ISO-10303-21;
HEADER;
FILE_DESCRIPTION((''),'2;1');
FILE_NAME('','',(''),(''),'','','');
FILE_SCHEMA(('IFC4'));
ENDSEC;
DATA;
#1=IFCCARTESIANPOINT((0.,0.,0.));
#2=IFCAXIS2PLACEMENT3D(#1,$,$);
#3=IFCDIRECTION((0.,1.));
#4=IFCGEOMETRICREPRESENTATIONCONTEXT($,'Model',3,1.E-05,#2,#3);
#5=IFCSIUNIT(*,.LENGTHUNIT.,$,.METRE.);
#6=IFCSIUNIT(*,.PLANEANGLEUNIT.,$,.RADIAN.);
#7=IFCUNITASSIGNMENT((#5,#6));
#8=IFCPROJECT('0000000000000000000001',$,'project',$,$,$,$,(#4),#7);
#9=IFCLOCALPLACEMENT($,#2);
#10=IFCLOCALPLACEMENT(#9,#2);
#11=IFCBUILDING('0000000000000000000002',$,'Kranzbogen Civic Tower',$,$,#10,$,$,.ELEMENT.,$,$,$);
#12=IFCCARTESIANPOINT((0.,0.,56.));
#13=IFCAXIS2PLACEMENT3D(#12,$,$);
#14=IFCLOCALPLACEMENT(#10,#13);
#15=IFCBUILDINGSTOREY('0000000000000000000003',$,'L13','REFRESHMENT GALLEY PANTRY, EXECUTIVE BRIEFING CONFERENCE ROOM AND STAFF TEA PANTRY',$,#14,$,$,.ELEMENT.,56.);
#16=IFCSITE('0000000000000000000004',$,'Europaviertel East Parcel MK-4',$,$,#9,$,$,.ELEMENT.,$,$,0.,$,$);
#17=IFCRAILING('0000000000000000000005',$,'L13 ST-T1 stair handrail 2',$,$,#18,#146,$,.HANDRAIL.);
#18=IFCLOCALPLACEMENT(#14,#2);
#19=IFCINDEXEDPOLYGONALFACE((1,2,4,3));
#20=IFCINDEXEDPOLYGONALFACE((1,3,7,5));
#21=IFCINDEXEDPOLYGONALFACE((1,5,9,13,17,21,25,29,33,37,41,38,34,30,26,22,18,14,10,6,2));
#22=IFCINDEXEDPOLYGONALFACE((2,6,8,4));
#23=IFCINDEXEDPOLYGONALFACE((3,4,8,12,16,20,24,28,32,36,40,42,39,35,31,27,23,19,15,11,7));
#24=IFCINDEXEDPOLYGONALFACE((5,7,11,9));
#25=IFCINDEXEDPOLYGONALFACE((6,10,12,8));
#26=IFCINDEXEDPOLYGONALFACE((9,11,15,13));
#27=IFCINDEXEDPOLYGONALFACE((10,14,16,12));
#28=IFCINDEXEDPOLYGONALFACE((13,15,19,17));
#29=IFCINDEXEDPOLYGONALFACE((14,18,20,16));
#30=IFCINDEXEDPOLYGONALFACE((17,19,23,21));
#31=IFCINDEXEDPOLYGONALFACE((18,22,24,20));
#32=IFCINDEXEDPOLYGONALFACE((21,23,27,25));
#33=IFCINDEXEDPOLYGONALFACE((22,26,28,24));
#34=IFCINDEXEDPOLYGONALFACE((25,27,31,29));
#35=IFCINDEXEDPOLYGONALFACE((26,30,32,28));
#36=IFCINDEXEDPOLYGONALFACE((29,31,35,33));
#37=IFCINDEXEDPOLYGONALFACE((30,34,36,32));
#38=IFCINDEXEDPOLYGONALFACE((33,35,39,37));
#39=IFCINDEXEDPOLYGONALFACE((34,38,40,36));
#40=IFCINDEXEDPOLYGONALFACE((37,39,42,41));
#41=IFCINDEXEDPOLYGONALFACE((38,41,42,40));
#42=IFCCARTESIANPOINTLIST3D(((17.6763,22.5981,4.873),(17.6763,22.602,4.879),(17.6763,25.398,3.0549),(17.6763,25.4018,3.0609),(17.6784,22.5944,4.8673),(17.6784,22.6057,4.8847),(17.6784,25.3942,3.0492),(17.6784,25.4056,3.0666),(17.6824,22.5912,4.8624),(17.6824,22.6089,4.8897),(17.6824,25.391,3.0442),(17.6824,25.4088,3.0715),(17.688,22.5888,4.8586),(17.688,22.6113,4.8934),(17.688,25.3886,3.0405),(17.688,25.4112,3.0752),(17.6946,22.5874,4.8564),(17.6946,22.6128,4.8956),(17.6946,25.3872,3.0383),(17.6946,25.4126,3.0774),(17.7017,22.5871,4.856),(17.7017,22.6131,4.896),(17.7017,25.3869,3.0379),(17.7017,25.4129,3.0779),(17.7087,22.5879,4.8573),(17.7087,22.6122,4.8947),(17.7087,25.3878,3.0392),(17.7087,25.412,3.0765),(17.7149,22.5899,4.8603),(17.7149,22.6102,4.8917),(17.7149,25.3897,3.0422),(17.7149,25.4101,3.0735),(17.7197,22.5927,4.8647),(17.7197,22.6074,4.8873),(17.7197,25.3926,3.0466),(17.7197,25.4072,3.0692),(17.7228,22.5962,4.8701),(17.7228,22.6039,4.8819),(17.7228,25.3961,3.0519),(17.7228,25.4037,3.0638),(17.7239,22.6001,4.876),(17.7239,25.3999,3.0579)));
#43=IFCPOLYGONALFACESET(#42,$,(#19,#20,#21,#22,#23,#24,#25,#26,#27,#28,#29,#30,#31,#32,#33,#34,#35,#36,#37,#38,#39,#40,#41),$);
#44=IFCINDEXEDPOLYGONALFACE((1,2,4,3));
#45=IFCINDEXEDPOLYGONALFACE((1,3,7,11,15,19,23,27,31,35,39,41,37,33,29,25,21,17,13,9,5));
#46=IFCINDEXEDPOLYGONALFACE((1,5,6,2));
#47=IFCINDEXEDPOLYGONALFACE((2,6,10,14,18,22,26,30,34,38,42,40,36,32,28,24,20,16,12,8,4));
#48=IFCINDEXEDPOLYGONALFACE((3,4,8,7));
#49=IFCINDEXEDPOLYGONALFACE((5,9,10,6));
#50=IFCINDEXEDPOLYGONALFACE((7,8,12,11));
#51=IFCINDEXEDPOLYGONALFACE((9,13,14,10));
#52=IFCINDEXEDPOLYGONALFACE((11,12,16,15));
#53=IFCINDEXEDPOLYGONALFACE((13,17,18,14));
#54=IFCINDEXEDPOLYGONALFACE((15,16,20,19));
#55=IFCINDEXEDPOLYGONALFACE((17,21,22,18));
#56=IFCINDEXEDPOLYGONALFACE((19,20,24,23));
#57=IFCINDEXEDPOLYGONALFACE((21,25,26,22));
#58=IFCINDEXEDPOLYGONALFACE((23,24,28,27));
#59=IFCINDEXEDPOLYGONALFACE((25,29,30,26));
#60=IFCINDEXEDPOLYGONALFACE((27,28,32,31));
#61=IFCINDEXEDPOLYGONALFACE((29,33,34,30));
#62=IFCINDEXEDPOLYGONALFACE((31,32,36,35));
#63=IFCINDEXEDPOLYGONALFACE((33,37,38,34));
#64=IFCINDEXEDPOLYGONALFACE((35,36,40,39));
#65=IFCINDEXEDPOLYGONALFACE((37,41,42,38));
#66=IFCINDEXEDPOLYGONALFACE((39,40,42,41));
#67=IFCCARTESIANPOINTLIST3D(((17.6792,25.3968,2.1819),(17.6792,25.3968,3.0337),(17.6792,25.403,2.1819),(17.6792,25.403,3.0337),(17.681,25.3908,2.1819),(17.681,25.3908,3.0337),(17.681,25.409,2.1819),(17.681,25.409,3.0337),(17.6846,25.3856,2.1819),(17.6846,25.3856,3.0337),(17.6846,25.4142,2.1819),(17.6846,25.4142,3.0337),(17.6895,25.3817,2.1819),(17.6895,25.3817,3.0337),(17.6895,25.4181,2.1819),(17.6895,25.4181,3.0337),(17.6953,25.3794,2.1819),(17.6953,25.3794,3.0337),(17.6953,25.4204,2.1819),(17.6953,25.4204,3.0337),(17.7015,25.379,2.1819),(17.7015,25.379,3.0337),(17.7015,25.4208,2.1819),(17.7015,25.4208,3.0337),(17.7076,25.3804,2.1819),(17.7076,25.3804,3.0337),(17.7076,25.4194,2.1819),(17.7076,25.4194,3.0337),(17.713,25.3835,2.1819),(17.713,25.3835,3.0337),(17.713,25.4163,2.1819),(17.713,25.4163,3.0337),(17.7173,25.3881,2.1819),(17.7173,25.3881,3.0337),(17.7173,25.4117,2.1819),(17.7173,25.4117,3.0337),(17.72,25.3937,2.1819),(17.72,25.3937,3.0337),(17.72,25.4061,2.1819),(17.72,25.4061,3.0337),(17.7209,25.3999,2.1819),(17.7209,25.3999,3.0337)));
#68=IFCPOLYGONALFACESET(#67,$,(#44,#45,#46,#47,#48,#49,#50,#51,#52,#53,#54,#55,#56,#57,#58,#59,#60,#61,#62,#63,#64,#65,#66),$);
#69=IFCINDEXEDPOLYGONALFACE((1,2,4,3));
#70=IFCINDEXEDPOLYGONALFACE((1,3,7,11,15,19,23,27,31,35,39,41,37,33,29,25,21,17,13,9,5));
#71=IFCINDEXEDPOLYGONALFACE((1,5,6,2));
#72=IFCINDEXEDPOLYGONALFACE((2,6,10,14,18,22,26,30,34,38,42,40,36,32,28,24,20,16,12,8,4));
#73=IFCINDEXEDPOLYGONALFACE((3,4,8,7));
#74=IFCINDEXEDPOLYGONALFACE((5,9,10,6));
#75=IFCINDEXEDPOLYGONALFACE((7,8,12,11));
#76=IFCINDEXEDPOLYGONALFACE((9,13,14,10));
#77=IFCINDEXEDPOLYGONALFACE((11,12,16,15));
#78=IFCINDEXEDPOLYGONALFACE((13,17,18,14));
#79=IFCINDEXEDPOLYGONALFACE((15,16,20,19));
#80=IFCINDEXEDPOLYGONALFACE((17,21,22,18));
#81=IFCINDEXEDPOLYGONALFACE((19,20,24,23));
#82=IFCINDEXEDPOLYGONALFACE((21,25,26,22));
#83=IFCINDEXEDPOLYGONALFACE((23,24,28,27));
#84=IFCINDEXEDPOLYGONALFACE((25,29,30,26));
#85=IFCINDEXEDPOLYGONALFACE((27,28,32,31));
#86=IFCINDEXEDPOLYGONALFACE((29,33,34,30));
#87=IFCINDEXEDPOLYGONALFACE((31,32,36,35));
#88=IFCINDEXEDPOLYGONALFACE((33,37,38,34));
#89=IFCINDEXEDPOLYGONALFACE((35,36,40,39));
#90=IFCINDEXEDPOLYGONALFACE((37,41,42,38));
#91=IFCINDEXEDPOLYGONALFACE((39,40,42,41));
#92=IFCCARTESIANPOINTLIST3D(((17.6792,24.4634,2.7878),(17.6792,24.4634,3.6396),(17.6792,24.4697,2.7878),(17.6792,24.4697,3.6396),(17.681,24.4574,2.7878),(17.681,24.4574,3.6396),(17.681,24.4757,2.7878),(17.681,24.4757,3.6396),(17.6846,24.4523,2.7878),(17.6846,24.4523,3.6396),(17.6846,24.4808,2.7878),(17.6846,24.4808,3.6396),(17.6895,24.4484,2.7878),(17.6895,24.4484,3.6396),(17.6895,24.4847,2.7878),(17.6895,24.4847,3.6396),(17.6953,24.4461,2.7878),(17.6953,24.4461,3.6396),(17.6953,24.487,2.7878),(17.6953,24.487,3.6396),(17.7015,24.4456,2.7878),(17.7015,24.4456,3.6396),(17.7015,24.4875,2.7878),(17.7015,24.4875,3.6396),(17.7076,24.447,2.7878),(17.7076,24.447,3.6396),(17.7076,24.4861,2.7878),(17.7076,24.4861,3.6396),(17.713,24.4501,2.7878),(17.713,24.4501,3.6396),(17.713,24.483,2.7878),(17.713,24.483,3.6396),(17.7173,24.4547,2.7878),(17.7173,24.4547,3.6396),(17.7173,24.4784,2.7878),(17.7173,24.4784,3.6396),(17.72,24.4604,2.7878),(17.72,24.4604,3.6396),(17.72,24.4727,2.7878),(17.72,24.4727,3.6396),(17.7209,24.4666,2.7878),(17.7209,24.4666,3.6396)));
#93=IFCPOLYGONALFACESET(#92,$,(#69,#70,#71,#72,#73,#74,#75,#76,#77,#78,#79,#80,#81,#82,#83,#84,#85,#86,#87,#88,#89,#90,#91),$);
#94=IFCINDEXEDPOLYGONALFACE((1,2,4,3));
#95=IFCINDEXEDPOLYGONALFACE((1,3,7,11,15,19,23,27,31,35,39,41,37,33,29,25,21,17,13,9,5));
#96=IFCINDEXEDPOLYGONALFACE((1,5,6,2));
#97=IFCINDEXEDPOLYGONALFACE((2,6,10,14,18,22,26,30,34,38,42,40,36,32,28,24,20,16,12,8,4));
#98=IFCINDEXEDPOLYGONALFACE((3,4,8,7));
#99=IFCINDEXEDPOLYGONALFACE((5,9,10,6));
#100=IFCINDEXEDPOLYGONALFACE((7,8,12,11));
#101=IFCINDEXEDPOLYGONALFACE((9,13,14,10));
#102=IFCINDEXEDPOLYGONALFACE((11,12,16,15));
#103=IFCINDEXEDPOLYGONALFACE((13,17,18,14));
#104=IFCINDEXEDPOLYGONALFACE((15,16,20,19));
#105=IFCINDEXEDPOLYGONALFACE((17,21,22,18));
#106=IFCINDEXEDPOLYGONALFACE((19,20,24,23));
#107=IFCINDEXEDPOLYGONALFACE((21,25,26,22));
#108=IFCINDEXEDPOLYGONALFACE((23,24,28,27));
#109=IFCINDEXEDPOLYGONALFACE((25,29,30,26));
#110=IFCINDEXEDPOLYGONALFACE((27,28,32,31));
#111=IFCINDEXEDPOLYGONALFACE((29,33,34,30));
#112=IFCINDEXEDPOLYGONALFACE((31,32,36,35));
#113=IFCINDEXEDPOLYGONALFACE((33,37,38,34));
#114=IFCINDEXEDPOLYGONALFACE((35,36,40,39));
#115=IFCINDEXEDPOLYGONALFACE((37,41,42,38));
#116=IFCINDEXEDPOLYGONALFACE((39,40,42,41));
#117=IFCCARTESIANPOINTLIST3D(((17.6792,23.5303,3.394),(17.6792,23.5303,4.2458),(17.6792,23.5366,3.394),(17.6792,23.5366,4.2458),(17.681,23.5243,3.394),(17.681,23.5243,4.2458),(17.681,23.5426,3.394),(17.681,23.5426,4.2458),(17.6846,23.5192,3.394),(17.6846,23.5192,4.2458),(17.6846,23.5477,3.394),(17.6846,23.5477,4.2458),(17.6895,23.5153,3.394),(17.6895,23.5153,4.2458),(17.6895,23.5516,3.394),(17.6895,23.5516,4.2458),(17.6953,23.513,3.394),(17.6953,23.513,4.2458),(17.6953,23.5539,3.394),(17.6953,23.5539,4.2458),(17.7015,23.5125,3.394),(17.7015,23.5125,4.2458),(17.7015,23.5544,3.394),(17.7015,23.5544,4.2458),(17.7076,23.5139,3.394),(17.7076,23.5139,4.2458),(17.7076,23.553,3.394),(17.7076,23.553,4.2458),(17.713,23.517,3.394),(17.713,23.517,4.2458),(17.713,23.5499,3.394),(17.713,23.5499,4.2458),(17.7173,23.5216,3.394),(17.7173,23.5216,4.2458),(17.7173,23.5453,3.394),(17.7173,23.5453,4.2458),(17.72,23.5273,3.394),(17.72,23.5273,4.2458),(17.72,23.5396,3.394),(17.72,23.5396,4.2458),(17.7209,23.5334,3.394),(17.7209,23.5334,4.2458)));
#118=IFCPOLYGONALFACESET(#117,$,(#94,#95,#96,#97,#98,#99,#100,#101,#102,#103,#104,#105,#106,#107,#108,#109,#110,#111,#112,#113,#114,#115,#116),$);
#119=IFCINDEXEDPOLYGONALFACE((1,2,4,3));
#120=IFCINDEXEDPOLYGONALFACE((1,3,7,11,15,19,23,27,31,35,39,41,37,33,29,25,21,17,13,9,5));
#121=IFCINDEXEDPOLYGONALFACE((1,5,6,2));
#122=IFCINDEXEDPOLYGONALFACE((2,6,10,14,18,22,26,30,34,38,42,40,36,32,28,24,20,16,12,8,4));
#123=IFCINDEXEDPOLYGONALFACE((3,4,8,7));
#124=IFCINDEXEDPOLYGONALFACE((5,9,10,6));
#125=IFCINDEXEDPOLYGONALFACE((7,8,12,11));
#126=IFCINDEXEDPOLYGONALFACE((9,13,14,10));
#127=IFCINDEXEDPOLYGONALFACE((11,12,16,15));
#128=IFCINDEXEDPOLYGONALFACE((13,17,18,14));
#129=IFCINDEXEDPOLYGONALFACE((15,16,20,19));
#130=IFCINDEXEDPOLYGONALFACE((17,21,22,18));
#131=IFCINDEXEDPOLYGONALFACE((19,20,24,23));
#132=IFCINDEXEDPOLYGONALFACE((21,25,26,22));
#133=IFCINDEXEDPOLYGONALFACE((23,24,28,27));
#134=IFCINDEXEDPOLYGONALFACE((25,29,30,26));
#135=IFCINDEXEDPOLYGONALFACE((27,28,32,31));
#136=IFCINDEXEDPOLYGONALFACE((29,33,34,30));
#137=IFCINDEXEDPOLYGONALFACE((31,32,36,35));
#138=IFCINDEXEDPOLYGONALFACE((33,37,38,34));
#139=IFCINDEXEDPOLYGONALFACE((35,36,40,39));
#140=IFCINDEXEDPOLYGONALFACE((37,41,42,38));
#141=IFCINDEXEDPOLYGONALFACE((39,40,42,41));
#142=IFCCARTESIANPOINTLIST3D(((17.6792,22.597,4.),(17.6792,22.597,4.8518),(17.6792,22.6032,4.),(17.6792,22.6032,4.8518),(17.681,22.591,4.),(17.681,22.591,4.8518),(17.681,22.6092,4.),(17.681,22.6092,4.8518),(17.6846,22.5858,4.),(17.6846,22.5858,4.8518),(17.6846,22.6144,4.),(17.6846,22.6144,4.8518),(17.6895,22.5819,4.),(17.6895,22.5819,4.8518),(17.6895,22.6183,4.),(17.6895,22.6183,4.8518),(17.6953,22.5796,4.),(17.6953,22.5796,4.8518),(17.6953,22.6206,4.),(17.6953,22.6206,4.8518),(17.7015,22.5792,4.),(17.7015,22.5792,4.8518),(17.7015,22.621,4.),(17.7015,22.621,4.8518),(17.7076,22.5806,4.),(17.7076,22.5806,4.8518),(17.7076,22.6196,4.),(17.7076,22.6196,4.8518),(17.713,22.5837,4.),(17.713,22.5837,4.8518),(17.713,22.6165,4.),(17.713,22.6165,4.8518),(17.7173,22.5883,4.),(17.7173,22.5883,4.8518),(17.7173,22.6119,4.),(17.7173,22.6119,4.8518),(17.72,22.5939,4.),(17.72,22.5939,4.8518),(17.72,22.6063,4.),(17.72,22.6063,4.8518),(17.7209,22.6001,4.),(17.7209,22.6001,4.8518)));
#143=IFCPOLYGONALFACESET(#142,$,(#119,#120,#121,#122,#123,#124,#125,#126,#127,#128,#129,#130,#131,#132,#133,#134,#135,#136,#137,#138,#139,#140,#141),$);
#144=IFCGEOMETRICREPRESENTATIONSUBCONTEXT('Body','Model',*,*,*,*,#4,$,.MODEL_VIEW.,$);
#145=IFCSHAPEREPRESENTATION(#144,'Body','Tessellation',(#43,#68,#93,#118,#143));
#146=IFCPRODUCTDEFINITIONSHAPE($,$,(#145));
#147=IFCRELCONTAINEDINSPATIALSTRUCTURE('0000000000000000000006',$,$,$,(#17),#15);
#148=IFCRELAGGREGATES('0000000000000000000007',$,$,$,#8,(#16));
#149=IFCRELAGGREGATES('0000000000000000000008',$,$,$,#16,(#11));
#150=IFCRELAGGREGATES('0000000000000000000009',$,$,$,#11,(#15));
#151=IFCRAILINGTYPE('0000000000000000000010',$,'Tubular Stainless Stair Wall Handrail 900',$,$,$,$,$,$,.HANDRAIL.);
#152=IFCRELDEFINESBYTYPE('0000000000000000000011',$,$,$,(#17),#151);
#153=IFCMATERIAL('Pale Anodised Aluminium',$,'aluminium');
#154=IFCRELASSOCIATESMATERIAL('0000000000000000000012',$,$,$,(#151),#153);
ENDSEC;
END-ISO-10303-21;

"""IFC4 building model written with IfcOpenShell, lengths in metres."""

from ifc_helpers import new_model, si_unit, direction, frame, origin, origin_2d, place, context, subcontext, project, spatial, circle, extrude, material, type_object, element, save


model = new_model("IFC4")

# Units and contexts
model_context = context("Model", 3, precision=1e-05, world=origin(), true_north=direction((0.0, 1.0)))
body_context = subcontext(model_context, "Body", "Model", "MODEL_VIEW")
ifc_project = project(units=[si_unit("LENGTHUNIT", "METRE"), si_unit("PLANEANGLEUNIT", "RADIAN")], contexts=[model_context])

# Site, building, storey
site_placement = place(None, origin())
site = spatial("IfcSite", under=ifc_project, at=site_placement, Name="Europaviertel East Parcel MK-4", CompositionType="ELEMENT", RefElevation=0.0)
building_placement = place(site_placement, origin())
building = spatial("IfcBuilding", under=site, at=building_placement, Name="Kranzbogen Civic Tower", CompositionType="ELEMENT")
storey_placement = place(building_placement, frame((0.0, 0.0, 56.0)))
storey = spatial("IfcBuildingStorey", under=building, at=storey_placement, Name="L13", Description="REFRESHMENT GALLEY PANTRY, EXECUTIVE BRIEFING CONFERENCE ROOM AND STAFF TEA PANTRY", CompositionType="ELEMENT", Elevation=56.0)

# Shared definitions
ifc_material_1 = material(Name="Pale Anodised Aluminium", Category="aluminium")

# Railing
railing_type_1 = type_object("IfcRailingType", Name="Tubular Stainless Stair Wall Handrail 900", PredefinedType="HANDRAIL", material=ifc_material_1)
railing_1_placement = place(storey_placement, frame((17.7, 25.3999, 2.1819)))
element("IfcRailing", 1, at=railing_1_placement, inside=storey, type_object=railing_type_1, Name="L13 ST-T1 stair handrail 2", PredefinedType="HANDRAIL", context=body_context, shape_type="SweptSolid", body=[
    extrude(circle(Radius=0.0239, at=origin_2d()), frame((0.0, 0.0, 0.876), z_axis=(0.0, -0.838684, 0.544618), x_axis=(1.0, 0.0, 0.0)), (0.0, 0.0, 1.0), 3.3384),
    extrude(circle(Radius=0.021, at=origin_2d()), origin(), (0.0, 0.0, 1.0), 0.8518),
    extrude(circle(Radius=0.021, at=origin_2d()), frame((0.0, -0.9333, 0.606)), (0.0, 0.0, 1.0), 0.8518),
    extrude(circle(Radius=0.021, at=origin_2d()), frame((0.0, -1.8665, 1.2122)), (0.0, 0.0, 1.0), 0.8518),
    extrude(circle(Radius=0.021, at=origin_2d()), frame((0.0, -2.7998, 1.8181)), (0.0, 0.0, 1.0), 0.8518),
])

save(model, "model.ifc")
